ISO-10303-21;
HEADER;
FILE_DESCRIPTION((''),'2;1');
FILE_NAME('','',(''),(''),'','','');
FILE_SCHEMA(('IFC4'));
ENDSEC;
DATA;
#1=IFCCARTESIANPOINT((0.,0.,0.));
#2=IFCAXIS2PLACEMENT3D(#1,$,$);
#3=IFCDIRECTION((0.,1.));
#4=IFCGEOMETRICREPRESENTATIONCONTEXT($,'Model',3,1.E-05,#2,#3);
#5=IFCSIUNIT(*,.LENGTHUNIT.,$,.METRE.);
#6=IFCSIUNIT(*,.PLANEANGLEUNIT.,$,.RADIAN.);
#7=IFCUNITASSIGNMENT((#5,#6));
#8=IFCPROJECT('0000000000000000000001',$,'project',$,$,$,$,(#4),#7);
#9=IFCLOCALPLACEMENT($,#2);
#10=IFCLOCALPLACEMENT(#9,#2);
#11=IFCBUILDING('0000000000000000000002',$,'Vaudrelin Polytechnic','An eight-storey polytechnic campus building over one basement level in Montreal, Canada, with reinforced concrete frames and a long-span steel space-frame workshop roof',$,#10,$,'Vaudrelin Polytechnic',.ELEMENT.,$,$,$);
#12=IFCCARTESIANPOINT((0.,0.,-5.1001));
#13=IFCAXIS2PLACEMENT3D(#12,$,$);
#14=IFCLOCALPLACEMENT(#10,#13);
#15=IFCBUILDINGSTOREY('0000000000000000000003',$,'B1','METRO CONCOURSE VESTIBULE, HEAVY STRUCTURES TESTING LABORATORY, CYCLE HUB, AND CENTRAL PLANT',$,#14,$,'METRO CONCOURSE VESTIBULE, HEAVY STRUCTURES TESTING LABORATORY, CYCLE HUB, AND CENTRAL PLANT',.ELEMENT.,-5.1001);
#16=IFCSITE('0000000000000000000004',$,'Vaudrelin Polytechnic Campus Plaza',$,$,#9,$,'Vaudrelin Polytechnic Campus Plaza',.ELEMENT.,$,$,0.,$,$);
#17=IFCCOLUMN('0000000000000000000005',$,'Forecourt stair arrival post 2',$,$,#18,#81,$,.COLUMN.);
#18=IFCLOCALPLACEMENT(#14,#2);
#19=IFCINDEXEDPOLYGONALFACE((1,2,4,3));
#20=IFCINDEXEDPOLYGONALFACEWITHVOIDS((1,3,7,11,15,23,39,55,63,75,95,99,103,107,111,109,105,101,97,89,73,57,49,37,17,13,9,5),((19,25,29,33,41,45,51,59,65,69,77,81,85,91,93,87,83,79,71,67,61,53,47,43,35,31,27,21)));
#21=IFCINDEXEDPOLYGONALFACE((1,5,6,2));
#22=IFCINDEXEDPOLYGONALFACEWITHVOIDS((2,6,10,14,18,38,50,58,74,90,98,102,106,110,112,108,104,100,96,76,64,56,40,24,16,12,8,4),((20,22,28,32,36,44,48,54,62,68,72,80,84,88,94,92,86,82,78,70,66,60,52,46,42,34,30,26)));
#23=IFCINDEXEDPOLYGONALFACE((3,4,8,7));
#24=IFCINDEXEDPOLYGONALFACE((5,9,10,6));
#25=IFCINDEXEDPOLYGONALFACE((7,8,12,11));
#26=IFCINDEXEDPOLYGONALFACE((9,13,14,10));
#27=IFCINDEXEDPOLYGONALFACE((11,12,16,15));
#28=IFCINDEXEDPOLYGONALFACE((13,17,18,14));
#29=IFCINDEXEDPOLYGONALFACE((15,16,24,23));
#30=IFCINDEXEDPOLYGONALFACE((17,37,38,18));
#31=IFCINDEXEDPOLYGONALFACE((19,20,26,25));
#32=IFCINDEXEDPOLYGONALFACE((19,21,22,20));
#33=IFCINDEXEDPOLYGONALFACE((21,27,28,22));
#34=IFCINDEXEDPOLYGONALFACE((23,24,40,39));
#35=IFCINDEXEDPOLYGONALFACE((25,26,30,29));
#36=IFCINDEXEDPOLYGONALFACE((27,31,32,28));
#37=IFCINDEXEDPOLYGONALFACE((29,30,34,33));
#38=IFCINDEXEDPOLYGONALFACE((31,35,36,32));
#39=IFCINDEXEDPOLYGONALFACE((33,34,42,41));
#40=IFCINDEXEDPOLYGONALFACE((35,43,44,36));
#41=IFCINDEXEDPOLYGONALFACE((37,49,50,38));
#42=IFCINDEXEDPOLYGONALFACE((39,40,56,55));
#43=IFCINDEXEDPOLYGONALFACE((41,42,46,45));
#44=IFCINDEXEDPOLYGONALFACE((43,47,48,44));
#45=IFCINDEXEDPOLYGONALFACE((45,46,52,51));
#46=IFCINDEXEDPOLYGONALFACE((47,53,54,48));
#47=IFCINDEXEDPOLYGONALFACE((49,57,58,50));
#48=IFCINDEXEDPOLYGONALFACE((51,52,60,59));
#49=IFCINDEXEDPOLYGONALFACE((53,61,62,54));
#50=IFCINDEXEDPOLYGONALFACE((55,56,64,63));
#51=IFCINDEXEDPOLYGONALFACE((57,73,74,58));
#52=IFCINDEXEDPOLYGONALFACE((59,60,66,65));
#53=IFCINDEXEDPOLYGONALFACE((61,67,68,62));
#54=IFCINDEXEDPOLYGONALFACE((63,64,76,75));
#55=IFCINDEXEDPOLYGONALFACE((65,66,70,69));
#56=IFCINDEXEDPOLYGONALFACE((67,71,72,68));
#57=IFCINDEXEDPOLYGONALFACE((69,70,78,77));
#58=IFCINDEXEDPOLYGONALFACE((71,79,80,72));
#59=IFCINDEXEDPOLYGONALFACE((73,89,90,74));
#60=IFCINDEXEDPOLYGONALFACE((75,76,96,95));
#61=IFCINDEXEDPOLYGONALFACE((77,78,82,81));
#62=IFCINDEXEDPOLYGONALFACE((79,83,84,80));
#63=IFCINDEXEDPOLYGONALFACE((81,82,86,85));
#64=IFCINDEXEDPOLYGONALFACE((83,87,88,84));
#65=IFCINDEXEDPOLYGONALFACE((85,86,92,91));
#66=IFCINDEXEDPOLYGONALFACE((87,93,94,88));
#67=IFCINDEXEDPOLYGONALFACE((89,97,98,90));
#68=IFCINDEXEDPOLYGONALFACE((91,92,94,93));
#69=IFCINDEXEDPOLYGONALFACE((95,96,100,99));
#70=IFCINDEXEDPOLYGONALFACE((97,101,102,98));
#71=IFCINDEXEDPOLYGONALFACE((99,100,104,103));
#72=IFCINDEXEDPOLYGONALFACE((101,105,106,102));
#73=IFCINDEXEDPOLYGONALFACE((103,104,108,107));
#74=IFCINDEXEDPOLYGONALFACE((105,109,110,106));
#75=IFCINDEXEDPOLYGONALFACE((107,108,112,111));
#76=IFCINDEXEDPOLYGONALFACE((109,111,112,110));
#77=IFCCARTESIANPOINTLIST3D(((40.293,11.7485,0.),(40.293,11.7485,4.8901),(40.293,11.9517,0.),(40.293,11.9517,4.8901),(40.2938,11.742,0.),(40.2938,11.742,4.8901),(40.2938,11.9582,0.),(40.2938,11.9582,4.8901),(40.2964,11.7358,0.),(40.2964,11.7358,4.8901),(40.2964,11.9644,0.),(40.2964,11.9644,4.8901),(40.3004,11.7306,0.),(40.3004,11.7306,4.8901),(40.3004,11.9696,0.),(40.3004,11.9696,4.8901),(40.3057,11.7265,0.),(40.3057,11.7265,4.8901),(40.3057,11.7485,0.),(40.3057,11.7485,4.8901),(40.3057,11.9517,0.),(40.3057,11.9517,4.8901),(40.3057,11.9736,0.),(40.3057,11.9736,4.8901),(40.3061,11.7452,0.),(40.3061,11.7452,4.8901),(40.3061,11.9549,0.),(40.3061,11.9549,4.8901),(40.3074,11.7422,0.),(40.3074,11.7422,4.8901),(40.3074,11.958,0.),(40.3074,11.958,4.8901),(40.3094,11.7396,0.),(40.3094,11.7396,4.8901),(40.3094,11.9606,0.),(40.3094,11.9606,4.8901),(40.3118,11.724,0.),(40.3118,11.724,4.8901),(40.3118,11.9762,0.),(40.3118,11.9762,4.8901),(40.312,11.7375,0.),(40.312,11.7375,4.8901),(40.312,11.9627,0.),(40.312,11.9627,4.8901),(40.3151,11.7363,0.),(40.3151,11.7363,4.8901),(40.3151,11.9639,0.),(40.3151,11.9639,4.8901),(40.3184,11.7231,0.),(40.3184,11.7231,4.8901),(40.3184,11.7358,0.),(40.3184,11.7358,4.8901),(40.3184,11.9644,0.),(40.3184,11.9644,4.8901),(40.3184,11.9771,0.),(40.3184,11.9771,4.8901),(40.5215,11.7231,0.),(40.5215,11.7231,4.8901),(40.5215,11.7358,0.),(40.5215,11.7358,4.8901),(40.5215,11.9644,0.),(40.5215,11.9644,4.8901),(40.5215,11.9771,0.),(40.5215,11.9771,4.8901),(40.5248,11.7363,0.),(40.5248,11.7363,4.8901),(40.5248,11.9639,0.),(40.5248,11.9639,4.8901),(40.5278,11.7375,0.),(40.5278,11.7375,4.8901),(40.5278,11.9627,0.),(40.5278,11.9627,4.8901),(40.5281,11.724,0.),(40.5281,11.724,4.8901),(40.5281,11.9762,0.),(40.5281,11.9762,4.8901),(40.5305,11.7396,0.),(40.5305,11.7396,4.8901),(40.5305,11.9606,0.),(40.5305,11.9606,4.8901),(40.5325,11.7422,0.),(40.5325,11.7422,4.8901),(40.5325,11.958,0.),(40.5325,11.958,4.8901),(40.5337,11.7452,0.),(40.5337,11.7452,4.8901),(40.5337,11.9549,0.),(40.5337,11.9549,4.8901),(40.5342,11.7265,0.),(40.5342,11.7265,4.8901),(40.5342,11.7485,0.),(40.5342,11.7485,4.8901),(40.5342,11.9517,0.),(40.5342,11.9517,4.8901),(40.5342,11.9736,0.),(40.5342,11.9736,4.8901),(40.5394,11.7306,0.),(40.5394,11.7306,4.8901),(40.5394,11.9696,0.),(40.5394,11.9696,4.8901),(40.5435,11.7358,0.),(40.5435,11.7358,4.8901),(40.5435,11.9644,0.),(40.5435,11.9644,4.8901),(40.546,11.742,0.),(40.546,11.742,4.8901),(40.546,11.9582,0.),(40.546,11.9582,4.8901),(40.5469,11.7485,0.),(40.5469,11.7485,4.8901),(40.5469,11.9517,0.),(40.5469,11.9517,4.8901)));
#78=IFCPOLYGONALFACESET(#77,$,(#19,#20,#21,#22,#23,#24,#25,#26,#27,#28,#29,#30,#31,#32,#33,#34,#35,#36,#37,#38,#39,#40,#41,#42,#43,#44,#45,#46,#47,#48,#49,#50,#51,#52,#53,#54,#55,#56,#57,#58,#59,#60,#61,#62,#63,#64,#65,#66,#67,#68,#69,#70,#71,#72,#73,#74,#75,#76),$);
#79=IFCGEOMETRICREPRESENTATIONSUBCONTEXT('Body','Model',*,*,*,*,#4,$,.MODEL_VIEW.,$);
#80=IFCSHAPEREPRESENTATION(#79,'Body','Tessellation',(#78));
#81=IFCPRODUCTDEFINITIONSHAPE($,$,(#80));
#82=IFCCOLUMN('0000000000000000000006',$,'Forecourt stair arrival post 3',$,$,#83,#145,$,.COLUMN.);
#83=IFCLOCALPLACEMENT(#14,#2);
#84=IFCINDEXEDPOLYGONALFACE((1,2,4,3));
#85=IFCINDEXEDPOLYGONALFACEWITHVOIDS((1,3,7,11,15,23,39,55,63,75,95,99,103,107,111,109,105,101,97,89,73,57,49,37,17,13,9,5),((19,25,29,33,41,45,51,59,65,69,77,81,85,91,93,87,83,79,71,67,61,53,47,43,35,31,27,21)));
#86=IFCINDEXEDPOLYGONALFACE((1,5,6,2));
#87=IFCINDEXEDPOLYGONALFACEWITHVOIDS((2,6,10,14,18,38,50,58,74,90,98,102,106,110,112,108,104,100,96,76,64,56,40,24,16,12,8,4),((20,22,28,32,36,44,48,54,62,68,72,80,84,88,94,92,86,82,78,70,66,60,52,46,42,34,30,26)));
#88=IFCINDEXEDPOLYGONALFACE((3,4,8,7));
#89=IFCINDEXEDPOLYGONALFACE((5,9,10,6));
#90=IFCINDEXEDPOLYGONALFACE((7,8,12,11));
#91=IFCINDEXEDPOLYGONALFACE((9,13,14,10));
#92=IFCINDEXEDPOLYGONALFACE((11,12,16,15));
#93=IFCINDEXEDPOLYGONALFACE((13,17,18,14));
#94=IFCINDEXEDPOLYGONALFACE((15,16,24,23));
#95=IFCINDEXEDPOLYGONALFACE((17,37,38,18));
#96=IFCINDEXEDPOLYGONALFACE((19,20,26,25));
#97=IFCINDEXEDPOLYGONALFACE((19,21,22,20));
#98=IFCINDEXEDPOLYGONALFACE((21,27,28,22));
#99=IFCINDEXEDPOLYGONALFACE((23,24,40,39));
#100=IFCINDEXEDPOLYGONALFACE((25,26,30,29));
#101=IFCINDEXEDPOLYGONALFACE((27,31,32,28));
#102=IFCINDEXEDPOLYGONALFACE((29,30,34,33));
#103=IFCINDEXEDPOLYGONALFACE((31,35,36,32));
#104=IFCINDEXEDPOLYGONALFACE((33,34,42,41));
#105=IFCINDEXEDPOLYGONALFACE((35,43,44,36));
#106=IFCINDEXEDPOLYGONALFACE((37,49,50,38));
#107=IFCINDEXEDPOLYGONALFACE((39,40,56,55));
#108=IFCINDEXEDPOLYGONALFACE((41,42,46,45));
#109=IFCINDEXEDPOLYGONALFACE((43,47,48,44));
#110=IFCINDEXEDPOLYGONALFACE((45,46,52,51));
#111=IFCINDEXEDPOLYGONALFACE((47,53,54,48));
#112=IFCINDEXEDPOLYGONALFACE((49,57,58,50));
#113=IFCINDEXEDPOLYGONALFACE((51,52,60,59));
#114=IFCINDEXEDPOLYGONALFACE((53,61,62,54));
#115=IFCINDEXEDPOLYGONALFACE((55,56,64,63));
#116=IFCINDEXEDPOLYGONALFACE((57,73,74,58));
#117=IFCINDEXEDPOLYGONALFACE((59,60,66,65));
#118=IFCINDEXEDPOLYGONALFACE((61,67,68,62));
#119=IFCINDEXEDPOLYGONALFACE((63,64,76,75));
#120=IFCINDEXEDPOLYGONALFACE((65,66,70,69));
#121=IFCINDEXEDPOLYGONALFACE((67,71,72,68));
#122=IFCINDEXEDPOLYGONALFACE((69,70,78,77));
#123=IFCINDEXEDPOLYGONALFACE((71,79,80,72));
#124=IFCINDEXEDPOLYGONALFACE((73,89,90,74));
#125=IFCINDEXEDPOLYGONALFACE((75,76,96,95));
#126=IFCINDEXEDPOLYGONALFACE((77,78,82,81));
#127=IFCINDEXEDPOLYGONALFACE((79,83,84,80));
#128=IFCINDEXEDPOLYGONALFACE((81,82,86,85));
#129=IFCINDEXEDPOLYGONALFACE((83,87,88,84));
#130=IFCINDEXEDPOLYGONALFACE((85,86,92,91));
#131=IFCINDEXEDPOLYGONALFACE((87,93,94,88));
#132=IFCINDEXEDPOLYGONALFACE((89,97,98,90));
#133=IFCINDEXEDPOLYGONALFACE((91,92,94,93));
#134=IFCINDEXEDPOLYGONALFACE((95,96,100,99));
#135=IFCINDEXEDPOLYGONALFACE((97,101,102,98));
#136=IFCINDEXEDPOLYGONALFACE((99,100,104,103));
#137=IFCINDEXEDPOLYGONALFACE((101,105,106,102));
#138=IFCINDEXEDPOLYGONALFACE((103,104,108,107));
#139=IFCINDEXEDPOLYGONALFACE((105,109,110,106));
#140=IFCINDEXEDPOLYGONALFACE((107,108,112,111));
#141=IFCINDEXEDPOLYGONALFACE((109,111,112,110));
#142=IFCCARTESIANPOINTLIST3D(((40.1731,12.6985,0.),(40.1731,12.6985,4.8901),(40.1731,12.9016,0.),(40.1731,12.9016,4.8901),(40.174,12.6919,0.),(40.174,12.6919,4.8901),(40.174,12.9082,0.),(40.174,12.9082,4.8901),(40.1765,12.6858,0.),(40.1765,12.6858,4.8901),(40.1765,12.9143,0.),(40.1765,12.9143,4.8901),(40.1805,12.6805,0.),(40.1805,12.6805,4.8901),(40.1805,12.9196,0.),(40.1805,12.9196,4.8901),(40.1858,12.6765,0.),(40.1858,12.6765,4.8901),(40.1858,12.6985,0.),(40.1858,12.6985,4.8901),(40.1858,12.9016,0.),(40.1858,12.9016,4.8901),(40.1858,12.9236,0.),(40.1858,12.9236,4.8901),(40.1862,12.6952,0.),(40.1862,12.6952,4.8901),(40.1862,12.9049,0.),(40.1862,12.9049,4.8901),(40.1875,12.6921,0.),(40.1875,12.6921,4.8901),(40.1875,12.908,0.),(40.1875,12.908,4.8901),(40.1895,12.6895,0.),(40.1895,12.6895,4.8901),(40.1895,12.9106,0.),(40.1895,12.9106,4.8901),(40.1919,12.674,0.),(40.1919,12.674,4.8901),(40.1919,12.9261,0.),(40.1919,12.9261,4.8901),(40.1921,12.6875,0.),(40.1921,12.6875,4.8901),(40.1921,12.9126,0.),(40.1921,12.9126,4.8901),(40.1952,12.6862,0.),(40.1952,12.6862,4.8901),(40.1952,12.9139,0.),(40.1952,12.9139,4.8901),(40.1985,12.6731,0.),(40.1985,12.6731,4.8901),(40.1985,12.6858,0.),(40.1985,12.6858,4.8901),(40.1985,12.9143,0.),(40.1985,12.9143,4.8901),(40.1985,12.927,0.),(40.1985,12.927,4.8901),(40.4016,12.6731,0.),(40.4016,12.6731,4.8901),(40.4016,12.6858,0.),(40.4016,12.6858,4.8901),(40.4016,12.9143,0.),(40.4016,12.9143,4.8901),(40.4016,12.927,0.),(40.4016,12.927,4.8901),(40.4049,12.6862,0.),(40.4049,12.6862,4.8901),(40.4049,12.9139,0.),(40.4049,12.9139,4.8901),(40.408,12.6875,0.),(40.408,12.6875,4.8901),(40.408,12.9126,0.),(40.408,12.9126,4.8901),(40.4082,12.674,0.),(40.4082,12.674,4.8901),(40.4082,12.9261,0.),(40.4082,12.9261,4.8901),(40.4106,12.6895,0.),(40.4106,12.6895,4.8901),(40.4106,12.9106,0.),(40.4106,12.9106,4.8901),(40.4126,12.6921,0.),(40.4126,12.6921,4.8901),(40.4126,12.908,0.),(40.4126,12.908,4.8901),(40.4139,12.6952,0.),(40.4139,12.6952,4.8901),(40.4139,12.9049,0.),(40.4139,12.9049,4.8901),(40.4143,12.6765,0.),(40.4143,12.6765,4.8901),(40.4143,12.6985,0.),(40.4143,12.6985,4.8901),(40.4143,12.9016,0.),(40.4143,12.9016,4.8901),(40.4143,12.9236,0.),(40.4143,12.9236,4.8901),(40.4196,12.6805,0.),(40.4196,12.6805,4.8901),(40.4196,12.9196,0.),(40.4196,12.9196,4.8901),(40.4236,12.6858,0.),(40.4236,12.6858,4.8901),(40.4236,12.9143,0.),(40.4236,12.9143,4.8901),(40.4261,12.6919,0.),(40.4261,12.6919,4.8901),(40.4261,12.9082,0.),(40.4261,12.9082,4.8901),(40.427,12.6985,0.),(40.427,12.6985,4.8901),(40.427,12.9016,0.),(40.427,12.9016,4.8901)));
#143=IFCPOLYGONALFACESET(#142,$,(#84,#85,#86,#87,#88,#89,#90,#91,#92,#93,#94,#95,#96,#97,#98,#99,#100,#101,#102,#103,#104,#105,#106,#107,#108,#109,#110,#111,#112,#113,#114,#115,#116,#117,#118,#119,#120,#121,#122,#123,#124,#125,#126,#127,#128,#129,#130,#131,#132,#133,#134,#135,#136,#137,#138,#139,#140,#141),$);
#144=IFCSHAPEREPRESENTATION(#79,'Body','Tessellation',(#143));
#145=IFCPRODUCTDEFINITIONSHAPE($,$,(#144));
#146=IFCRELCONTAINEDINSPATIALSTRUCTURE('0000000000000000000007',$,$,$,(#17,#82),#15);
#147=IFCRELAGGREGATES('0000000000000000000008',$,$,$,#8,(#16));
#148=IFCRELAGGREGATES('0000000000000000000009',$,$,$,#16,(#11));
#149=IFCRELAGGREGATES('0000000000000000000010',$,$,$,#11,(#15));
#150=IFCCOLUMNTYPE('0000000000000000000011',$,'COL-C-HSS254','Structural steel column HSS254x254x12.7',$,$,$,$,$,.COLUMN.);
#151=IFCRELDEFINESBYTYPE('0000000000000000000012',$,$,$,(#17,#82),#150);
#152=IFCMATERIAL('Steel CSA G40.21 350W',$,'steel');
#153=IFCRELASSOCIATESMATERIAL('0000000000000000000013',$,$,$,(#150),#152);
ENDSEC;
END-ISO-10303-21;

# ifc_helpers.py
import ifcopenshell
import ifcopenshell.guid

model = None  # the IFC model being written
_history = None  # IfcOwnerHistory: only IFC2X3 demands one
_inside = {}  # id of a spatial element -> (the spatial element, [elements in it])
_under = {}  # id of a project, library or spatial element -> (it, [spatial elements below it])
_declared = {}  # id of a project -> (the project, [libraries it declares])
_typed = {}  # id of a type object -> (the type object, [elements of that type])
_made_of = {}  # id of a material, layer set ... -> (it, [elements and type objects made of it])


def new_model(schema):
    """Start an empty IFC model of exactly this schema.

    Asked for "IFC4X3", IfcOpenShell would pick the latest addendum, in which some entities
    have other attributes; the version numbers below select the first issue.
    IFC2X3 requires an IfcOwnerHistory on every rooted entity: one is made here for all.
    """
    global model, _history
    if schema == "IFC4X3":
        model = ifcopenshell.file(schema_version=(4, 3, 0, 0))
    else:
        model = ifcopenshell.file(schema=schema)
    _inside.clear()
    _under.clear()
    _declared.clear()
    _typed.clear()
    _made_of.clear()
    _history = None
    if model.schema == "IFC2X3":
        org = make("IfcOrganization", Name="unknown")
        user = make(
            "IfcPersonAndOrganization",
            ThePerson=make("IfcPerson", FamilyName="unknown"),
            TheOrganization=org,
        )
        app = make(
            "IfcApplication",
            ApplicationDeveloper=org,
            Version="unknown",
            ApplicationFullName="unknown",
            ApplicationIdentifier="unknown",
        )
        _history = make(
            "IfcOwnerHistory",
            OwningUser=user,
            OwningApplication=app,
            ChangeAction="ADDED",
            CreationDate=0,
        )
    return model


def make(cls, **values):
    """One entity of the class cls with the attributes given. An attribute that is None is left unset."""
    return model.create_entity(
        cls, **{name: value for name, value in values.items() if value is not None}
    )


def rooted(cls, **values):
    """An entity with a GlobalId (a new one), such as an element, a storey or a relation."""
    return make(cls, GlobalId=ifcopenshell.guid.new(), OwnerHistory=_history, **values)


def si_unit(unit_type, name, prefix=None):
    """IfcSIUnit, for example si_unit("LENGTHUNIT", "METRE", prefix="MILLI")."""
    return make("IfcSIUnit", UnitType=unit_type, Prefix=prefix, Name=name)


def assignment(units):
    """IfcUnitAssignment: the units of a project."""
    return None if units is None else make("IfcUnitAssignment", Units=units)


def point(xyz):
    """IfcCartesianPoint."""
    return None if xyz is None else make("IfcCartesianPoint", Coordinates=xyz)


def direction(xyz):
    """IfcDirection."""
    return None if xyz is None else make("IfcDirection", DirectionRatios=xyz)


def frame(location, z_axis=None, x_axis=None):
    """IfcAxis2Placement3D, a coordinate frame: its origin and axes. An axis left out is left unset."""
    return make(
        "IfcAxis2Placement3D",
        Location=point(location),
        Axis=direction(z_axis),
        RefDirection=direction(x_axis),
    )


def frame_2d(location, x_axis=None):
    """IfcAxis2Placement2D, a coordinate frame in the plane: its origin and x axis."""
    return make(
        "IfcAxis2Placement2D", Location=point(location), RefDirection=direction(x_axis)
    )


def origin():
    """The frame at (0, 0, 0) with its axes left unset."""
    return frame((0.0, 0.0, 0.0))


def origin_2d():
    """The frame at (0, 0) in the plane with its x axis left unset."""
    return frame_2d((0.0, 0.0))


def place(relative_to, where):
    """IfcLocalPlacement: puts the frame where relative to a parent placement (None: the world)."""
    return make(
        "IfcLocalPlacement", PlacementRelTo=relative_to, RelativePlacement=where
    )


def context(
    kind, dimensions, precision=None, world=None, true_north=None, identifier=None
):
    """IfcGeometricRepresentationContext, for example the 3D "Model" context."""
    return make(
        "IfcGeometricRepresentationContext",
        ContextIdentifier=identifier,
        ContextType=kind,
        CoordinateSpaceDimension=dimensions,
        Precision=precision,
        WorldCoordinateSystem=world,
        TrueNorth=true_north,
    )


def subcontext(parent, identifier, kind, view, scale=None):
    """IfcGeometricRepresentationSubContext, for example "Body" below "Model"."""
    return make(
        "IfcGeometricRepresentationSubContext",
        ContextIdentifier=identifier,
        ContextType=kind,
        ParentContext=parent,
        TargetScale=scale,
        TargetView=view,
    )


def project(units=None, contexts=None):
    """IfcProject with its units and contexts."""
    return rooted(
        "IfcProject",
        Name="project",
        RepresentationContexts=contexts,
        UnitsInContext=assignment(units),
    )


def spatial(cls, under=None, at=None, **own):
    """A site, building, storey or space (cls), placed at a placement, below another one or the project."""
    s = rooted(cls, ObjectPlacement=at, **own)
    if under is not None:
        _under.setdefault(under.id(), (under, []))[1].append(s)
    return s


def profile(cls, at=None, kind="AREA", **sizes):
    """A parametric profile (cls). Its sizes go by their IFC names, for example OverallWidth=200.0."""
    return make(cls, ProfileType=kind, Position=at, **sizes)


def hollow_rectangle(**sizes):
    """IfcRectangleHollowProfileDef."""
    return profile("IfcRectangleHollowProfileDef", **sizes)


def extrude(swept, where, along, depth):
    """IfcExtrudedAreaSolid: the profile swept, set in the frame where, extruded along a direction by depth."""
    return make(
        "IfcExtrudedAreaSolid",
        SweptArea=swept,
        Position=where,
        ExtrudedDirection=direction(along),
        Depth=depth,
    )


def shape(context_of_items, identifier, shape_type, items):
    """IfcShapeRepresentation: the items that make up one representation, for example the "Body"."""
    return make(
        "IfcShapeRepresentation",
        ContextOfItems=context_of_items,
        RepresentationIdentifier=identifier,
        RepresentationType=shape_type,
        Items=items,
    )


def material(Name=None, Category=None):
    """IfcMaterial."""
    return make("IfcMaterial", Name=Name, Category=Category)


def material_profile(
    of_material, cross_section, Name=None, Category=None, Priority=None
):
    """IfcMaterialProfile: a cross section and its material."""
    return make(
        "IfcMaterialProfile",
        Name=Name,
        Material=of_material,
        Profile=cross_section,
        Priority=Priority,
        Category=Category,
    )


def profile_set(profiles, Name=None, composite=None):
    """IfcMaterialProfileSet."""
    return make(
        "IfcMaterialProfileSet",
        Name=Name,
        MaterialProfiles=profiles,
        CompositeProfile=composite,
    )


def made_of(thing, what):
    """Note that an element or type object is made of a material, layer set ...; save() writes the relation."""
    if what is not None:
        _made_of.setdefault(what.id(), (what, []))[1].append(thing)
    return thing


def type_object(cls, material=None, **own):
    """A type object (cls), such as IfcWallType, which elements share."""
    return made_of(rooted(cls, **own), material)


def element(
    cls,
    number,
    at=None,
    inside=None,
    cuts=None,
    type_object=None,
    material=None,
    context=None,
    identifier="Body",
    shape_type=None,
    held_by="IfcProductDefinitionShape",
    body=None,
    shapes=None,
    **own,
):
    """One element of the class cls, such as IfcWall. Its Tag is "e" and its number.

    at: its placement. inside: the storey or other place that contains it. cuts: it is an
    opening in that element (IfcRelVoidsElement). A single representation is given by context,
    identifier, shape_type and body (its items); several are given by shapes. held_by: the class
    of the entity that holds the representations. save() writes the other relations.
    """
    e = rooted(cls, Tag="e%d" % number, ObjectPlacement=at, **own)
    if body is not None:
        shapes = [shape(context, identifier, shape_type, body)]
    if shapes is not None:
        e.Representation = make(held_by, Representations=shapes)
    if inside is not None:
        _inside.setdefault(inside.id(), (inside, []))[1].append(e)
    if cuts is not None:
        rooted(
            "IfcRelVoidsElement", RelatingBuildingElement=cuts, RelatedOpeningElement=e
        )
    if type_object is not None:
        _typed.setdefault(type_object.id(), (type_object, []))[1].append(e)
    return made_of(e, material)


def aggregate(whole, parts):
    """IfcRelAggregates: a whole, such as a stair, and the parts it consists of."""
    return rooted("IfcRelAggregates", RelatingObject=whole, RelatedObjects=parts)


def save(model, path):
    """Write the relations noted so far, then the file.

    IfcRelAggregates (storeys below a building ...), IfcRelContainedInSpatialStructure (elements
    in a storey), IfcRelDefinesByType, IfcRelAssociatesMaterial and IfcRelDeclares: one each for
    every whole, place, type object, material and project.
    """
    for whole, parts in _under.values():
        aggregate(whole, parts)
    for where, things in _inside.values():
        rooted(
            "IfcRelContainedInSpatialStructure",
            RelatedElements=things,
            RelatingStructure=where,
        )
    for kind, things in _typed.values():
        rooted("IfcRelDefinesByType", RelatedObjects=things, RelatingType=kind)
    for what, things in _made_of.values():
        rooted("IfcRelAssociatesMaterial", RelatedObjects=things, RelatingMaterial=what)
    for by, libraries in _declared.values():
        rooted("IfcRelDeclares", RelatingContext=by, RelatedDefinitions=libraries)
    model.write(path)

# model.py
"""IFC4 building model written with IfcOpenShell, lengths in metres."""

from ifc_helpers import new_model, si_unit, direction, frame, origin, origin_2d, place, context, subcontext, project, spatial, hollow_rectangle, extrude, material, material_profile, profile_set, type_object, element, save


model = new_model("IFC4")

# Units and contexts
model_context = context("Model", 3, precision=1e-05, world=origin(), true_north=direction((0.0, 1.0)))
body_context = subcontext(model_context, "Body", "Model", "MODEL_VIEW")
ifc_project = project(units=[si_unit("LENGTHUNIT", "METRE"), si_unit("PLANEANGLEUNIT", "RADIAN")], contexts=[model_context])

# Site, building, storey
site_placement = place(None, origin())
site = spatial("IfcSite", under=ifc_project, at=site_placement, Name="Vaudrelin Polytechnic Campus Plaza", LongName="Vaudrelin Polytechnic Campus Plaza", CompositionType="ELEMENT", RefElevation=0.0)
building_placement = place(site_placement, origin())
building = spatial("IfcBuilding", under=site, at=building_placement, Name="Vaudrelin Polytechnic", Description="An eight-storey polytechnic campus building over one basement level in Montreal, Canada, with reinforced concrete frames and a long-span steel space-frame workshop roof", LongName="Vaudrelin Polytechnic", CompositionType="ELEMENT")
storey_placement = place(building_placement, frame((0.0, 0.0, -5.1001)))
storey = spatial("IfcBuildingStorey", under=building, at=storey_placement, Name="B1", Description="METRO CONCOURSE VESTIBULE, HEAVY STRUCTURES TESTING LABORATORY, CYCLE HUB, AND CENTRAL PLANT", LongName="METRO CONCOURSE VESTIBULE, HEAVY STRUCTURES TESTING LABORATORY, CYCLE HUB, AND CENTRAL PLANT", CompositionType="ELEMENT", Elevation=-5.1001)

# Columns
ifc_material_1 = material(Name="Steel CSA G40.21 350W", Category="steel")
ifc_material_profile_1 = material_profile(ifc_material_1, hollow_rectangle(XDim=0.2539, YDim=0.2539, WallThickness=0.0127, InnerFilletRadius=0.0127, OuterFilletRadius=0.0254, at=origin_2d()), Name="HSS254x254x12.7")
ifc_profile_set_1 = profile_set([ifc_material_profile_1], Name="Steel CSA G40.21 350W")
column_type_1 = type_object("IfcColumnType", Name="COL-C-HSS254", Description="Structural steel column HSS254x254x12.7", PredefinedType="COLUMN", material=ifc_profile_set_1)
for number, where, z_axis, x_axis, name in (
    (1, (40.4199, 11.8501, 0.0), (0.0, 0.0, 1.0), (1.0, 0.0, 0.0), "Forecourt stair arrival post 2"),
    (2, (40.3, 12.8, 0.0), (0.0, 0.0, 1.0), (1.0, 0.0, 0.0), "Forecourt stair arrival post 3"),
):
    element("IfcColumn", number, at=place(storey_placement, frame(where, z_axis=z_axis, x_axis=x_axis)), inside=storey, type_object=column_type_1, Name=name, PredefinedType="COLUMN", context=body_context, shape_type="SweptSolid", body=[
        extrude(hollow_rectangle(XDim=0.2539, YDim=0.2539, WallThickness=0.0127, InnerFilletRadius=0.0127, OuterFilletRadius=0.0254, at=origin_2d()), origin(), (0.0, 0.0, 1.0), 4.8901),
    ])

save(model, "model.ifc")
